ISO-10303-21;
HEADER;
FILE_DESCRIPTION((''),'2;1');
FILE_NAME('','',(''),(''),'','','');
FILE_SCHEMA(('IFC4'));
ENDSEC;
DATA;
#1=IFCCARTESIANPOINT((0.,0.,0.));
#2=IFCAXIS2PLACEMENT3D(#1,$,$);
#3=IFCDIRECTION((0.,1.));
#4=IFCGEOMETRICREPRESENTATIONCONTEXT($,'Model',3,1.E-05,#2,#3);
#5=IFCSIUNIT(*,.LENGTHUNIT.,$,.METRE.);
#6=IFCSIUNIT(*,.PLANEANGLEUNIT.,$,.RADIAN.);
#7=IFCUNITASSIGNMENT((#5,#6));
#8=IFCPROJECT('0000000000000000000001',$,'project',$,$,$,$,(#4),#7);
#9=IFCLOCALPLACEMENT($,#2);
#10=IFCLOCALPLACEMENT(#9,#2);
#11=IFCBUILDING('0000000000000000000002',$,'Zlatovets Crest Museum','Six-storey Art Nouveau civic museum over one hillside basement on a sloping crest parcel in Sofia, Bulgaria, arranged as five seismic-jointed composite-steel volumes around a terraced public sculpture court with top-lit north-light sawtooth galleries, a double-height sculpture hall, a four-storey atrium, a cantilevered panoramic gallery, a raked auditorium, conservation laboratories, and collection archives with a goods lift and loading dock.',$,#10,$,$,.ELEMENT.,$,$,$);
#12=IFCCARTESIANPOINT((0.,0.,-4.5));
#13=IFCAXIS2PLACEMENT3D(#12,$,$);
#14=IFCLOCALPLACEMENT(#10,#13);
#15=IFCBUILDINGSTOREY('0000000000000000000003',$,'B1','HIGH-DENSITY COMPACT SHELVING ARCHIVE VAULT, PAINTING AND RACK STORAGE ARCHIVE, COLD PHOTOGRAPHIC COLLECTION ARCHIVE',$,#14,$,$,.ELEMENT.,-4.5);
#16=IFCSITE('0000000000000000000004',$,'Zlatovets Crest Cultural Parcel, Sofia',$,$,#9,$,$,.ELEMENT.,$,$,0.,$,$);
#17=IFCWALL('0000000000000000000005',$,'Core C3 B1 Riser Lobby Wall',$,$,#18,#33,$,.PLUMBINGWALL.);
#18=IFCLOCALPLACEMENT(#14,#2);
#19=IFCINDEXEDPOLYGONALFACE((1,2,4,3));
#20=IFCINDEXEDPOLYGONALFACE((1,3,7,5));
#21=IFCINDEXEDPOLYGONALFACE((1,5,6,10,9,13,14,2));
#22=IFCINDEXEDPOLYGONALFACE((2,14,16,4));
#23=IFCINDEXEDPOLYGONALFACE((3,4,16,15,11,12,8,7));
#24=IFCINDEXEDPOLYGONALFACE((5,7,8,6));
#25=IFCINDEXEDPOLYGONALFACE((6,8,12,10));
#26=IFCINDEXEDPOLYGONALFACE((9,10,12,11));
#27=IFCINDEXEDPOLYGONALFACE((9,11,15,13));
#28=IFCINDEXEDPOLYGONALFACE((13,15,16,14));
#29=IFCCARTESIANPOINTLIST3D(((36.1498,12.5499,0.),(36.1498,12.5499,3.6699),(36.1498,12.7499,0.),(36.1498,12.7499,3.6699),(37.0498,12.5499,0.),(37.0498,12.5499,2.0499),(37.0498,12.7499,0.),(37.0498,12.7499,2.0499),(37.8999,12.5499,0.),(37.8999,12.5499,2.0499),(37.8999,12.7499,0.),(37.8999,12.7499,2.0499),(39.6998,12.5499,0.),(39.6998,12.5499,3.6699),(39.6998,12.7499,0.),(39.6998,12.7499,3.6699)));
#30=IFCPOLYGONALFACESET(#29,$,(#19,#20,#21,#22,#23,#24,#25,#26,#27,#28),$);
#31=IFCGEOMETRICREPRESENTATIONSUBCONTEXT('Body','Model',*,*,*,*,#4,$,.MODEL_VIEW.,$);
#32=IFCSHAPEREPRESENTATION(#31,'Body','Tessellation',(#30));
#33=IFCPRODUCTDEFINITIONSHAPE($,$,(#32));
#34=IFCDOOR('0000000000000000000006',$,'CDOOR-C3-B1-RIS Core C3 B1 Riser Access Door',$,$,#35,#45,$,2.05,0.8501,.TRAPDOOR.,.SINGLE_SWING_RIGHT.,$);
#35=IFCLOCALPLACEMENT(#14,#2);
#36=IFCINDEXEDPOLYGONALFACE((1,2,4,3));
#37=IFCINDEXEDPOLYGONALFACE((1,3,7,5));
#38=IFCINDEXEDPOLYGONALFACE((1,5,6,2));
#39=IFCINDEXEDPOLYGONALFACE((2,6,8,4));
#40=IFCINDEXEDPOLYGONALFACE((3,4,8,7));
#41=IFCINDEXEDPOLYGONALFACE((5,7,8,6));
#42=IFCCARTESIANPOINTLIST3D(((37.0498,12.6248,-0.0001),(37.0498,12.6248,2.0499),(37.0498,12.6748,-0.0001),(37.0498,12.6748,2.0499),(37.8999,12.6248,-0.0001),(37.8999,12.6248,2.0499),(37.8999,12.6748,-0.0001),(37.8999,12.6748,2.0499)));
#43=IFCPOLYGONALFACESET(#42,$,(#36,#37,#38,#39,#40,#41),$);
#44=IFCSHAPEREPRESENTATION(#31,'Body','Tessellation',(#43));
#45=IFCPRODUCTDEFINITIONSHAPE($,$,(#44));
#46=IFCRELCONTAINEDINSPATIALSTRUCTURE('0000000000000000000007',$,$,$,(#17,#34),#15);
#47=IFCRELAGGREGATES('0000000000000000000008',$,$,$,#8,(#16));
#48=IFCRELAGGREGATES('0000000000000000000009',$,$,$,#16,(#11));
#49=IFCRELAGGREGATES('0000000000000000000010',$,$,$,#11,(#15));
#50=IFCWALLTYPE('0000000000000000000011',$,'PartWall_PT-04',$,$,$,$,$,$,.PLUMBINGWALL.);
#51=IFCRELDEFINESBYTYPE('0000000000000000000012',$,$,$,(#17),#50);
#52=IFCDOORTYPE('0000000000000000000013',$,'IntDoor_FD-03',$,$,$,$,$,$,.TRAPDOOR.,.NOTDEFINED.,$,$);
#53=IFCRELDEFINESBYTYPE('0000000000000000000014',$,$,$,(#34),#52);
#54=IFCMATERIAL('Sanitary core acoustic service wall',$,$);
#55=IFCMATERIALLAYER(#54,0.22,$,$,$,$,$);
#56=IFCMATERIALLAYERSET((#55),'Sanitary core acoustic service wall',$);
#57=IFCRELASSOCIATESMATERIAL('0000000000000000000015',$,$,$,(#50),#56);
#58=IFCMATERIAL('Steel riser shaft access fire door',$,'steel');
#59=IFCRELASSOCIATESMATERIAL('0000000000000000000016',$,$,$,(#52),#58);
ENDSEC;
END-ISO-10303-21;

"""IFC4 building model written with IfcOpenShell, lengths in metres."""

from ifc_helpers import new_model, si_unit, direction, frame, frame_2d, origin, place, context, subcontext, project, spatial, rectangle, extrude, material, layer, layer_set, type_object, element, fill, save


model = new_model("IFC4")

# Units and contexts
model_context = context("Model", 3, precision=1e-05, world=origin(), true_north=direction((0.0, 1.0)))
body_context = subcontext(model_context, "Body", "Model", "MODEL_VIEW")
ifc_project = project(units=[si_unit("LENGTHUNIT", "METRE"), si_unit("PLANEANGLEUNIT", "RADIAN")], contexts=[model_context])

# Site, building, storey
site_placement = place(None, origin())
site = spatial("IfcSite", under=ifc_project, at=site_placement, Name="Zlatovets Crest Cultural Parcel, Sofia", CompositionType="ELEMENT", RefElevation=0.0)
building_placement = place(site_placement, origin())
building = spatial("IfcBuilding", under=site, at=building_placement, Name="Zlatovets Crest Museum", Description="Six-storey Art Nouveau civic museum over one hillside basement on a sloping crest parcel in Sofia, Bulgaria, arranged as five seismic-jointed composite-steel volumes around a terraced public sculpture court with top-lit north-light sawtooth galleries, a double-height sculpture hall, a four-storey atrium, a cantilevered panoramic gallery, a raked auditorium, conservation laboratories, and collection archives with a goods lift and loading dock.", CompositionType="ELEMENT")
storey_placement = place(building_placement, frame((0.0, 0.0, -4.5)))
storey = spatial("IfcBuildingStorey", under=building, at=storey_placement, Name="B1", Description="HIGH-DENSITY COMPACT SHELVING ARCHIVE VAULT, PAINTING AND RACK STORAGE ARCHIVE, COLD PHOTOGRAPHIC COLLECTION ARCHIVE", CompositionType="ELEMENT", Elevation=-4.5)

# Wall, opening, door
ifc_material_1 = material(Name="Sanitary core acoustic service wall")
ifc_layer_1 = layer(ifc_material_1, 0.22)
ifc_layer_set_1 = layer_set([ifc_layer_1], Name="Sanitary core acoustic service wall")
wall_type_1 = type_object("IfcWallType", Name="PartWall_PT-04", PredefinedType="PLUMBINGWALL", material=ifc_layer_set_1)
wall_1_placement = place(storey_placement, frame((36.1499, 12.6499, 0.0), z_axis=(0.0, 0.0, 1.0), x_axis=(1.0, 0.0, 0.0)))
wall_1 = element("IfcWall", 1, at=wall_1_placement, inside=storey, type_object=wall_type_1, Name="Core C3 B1 Riser Lobby Wall", PredefinedType="PLUMBINGWALL", context=body_context, shape_type="SweptSolid", body=[
    extrude(rectangle(XDim=3.55, YDim=0.2, at=frame_2d((1.7749, 0.0))), origin(), (0.0, 0.0, 1.0), 3.6699),
])
opening_1_placement = place(wall_1_placement, frame((0.8999, 0.0, 0.0)))
opening_1 = element("IfcOpeningElement", 2, at=opening_1_placement, cuts=wall_1, PredefinedType="OPENING", context=body_context, shape_type="SweptSolid", body=[
    extrude(rectangle(XDim=0.8501, YDim=2.05, at=frame_2d((0.425, 1.0249))), frame((0.0, 0.1099, 0.0), z_axis=(0.0, -1.0, 0.0), x_axis=(1.0, 0.0, 0.0)), (0.0, 0.0, 1.0), 0.22),
])
ifc_material_2 = material(Name="Steel riser shaft access fire door", Category="steel")
door_type_1 = type_object("IfcDoorType", Name="IntDoor_FD-03", OperationType="NOTDEFINED", PredefinedType="TRAPDOOR", material=ifc_material_2)
door_1_placement = place(opening_1_placement, origin())
door_1 = element("IfcDoor", 3, at=door_1_placement, inside=storey, type_object=door_type_1, Name="CDOOR-C3-B1-RIS Core C3 B1 Riser Access Door", OperationType="SINGLE_SWING_RIGHT", OverallHeight=2.05, OverallWidth=0.8501, PredefinedType="TRAPDOOR", context=body_context, shape_type="SweptSolid", body=[
    extrude(rectangle(XDim=0.8501, YDim=2.05, at=frame_2d((0.425, 1.0249))), frame((0.0, 0.0249, 0.0), z_axis=(0.0, -1.0, 0.0), x_axis=(1.0, 0.0, 0.0)), (0.0, 0.0, 1.0), 0.05),
])
fill(opening_1, door_1)

save(model, "model.ifc")
